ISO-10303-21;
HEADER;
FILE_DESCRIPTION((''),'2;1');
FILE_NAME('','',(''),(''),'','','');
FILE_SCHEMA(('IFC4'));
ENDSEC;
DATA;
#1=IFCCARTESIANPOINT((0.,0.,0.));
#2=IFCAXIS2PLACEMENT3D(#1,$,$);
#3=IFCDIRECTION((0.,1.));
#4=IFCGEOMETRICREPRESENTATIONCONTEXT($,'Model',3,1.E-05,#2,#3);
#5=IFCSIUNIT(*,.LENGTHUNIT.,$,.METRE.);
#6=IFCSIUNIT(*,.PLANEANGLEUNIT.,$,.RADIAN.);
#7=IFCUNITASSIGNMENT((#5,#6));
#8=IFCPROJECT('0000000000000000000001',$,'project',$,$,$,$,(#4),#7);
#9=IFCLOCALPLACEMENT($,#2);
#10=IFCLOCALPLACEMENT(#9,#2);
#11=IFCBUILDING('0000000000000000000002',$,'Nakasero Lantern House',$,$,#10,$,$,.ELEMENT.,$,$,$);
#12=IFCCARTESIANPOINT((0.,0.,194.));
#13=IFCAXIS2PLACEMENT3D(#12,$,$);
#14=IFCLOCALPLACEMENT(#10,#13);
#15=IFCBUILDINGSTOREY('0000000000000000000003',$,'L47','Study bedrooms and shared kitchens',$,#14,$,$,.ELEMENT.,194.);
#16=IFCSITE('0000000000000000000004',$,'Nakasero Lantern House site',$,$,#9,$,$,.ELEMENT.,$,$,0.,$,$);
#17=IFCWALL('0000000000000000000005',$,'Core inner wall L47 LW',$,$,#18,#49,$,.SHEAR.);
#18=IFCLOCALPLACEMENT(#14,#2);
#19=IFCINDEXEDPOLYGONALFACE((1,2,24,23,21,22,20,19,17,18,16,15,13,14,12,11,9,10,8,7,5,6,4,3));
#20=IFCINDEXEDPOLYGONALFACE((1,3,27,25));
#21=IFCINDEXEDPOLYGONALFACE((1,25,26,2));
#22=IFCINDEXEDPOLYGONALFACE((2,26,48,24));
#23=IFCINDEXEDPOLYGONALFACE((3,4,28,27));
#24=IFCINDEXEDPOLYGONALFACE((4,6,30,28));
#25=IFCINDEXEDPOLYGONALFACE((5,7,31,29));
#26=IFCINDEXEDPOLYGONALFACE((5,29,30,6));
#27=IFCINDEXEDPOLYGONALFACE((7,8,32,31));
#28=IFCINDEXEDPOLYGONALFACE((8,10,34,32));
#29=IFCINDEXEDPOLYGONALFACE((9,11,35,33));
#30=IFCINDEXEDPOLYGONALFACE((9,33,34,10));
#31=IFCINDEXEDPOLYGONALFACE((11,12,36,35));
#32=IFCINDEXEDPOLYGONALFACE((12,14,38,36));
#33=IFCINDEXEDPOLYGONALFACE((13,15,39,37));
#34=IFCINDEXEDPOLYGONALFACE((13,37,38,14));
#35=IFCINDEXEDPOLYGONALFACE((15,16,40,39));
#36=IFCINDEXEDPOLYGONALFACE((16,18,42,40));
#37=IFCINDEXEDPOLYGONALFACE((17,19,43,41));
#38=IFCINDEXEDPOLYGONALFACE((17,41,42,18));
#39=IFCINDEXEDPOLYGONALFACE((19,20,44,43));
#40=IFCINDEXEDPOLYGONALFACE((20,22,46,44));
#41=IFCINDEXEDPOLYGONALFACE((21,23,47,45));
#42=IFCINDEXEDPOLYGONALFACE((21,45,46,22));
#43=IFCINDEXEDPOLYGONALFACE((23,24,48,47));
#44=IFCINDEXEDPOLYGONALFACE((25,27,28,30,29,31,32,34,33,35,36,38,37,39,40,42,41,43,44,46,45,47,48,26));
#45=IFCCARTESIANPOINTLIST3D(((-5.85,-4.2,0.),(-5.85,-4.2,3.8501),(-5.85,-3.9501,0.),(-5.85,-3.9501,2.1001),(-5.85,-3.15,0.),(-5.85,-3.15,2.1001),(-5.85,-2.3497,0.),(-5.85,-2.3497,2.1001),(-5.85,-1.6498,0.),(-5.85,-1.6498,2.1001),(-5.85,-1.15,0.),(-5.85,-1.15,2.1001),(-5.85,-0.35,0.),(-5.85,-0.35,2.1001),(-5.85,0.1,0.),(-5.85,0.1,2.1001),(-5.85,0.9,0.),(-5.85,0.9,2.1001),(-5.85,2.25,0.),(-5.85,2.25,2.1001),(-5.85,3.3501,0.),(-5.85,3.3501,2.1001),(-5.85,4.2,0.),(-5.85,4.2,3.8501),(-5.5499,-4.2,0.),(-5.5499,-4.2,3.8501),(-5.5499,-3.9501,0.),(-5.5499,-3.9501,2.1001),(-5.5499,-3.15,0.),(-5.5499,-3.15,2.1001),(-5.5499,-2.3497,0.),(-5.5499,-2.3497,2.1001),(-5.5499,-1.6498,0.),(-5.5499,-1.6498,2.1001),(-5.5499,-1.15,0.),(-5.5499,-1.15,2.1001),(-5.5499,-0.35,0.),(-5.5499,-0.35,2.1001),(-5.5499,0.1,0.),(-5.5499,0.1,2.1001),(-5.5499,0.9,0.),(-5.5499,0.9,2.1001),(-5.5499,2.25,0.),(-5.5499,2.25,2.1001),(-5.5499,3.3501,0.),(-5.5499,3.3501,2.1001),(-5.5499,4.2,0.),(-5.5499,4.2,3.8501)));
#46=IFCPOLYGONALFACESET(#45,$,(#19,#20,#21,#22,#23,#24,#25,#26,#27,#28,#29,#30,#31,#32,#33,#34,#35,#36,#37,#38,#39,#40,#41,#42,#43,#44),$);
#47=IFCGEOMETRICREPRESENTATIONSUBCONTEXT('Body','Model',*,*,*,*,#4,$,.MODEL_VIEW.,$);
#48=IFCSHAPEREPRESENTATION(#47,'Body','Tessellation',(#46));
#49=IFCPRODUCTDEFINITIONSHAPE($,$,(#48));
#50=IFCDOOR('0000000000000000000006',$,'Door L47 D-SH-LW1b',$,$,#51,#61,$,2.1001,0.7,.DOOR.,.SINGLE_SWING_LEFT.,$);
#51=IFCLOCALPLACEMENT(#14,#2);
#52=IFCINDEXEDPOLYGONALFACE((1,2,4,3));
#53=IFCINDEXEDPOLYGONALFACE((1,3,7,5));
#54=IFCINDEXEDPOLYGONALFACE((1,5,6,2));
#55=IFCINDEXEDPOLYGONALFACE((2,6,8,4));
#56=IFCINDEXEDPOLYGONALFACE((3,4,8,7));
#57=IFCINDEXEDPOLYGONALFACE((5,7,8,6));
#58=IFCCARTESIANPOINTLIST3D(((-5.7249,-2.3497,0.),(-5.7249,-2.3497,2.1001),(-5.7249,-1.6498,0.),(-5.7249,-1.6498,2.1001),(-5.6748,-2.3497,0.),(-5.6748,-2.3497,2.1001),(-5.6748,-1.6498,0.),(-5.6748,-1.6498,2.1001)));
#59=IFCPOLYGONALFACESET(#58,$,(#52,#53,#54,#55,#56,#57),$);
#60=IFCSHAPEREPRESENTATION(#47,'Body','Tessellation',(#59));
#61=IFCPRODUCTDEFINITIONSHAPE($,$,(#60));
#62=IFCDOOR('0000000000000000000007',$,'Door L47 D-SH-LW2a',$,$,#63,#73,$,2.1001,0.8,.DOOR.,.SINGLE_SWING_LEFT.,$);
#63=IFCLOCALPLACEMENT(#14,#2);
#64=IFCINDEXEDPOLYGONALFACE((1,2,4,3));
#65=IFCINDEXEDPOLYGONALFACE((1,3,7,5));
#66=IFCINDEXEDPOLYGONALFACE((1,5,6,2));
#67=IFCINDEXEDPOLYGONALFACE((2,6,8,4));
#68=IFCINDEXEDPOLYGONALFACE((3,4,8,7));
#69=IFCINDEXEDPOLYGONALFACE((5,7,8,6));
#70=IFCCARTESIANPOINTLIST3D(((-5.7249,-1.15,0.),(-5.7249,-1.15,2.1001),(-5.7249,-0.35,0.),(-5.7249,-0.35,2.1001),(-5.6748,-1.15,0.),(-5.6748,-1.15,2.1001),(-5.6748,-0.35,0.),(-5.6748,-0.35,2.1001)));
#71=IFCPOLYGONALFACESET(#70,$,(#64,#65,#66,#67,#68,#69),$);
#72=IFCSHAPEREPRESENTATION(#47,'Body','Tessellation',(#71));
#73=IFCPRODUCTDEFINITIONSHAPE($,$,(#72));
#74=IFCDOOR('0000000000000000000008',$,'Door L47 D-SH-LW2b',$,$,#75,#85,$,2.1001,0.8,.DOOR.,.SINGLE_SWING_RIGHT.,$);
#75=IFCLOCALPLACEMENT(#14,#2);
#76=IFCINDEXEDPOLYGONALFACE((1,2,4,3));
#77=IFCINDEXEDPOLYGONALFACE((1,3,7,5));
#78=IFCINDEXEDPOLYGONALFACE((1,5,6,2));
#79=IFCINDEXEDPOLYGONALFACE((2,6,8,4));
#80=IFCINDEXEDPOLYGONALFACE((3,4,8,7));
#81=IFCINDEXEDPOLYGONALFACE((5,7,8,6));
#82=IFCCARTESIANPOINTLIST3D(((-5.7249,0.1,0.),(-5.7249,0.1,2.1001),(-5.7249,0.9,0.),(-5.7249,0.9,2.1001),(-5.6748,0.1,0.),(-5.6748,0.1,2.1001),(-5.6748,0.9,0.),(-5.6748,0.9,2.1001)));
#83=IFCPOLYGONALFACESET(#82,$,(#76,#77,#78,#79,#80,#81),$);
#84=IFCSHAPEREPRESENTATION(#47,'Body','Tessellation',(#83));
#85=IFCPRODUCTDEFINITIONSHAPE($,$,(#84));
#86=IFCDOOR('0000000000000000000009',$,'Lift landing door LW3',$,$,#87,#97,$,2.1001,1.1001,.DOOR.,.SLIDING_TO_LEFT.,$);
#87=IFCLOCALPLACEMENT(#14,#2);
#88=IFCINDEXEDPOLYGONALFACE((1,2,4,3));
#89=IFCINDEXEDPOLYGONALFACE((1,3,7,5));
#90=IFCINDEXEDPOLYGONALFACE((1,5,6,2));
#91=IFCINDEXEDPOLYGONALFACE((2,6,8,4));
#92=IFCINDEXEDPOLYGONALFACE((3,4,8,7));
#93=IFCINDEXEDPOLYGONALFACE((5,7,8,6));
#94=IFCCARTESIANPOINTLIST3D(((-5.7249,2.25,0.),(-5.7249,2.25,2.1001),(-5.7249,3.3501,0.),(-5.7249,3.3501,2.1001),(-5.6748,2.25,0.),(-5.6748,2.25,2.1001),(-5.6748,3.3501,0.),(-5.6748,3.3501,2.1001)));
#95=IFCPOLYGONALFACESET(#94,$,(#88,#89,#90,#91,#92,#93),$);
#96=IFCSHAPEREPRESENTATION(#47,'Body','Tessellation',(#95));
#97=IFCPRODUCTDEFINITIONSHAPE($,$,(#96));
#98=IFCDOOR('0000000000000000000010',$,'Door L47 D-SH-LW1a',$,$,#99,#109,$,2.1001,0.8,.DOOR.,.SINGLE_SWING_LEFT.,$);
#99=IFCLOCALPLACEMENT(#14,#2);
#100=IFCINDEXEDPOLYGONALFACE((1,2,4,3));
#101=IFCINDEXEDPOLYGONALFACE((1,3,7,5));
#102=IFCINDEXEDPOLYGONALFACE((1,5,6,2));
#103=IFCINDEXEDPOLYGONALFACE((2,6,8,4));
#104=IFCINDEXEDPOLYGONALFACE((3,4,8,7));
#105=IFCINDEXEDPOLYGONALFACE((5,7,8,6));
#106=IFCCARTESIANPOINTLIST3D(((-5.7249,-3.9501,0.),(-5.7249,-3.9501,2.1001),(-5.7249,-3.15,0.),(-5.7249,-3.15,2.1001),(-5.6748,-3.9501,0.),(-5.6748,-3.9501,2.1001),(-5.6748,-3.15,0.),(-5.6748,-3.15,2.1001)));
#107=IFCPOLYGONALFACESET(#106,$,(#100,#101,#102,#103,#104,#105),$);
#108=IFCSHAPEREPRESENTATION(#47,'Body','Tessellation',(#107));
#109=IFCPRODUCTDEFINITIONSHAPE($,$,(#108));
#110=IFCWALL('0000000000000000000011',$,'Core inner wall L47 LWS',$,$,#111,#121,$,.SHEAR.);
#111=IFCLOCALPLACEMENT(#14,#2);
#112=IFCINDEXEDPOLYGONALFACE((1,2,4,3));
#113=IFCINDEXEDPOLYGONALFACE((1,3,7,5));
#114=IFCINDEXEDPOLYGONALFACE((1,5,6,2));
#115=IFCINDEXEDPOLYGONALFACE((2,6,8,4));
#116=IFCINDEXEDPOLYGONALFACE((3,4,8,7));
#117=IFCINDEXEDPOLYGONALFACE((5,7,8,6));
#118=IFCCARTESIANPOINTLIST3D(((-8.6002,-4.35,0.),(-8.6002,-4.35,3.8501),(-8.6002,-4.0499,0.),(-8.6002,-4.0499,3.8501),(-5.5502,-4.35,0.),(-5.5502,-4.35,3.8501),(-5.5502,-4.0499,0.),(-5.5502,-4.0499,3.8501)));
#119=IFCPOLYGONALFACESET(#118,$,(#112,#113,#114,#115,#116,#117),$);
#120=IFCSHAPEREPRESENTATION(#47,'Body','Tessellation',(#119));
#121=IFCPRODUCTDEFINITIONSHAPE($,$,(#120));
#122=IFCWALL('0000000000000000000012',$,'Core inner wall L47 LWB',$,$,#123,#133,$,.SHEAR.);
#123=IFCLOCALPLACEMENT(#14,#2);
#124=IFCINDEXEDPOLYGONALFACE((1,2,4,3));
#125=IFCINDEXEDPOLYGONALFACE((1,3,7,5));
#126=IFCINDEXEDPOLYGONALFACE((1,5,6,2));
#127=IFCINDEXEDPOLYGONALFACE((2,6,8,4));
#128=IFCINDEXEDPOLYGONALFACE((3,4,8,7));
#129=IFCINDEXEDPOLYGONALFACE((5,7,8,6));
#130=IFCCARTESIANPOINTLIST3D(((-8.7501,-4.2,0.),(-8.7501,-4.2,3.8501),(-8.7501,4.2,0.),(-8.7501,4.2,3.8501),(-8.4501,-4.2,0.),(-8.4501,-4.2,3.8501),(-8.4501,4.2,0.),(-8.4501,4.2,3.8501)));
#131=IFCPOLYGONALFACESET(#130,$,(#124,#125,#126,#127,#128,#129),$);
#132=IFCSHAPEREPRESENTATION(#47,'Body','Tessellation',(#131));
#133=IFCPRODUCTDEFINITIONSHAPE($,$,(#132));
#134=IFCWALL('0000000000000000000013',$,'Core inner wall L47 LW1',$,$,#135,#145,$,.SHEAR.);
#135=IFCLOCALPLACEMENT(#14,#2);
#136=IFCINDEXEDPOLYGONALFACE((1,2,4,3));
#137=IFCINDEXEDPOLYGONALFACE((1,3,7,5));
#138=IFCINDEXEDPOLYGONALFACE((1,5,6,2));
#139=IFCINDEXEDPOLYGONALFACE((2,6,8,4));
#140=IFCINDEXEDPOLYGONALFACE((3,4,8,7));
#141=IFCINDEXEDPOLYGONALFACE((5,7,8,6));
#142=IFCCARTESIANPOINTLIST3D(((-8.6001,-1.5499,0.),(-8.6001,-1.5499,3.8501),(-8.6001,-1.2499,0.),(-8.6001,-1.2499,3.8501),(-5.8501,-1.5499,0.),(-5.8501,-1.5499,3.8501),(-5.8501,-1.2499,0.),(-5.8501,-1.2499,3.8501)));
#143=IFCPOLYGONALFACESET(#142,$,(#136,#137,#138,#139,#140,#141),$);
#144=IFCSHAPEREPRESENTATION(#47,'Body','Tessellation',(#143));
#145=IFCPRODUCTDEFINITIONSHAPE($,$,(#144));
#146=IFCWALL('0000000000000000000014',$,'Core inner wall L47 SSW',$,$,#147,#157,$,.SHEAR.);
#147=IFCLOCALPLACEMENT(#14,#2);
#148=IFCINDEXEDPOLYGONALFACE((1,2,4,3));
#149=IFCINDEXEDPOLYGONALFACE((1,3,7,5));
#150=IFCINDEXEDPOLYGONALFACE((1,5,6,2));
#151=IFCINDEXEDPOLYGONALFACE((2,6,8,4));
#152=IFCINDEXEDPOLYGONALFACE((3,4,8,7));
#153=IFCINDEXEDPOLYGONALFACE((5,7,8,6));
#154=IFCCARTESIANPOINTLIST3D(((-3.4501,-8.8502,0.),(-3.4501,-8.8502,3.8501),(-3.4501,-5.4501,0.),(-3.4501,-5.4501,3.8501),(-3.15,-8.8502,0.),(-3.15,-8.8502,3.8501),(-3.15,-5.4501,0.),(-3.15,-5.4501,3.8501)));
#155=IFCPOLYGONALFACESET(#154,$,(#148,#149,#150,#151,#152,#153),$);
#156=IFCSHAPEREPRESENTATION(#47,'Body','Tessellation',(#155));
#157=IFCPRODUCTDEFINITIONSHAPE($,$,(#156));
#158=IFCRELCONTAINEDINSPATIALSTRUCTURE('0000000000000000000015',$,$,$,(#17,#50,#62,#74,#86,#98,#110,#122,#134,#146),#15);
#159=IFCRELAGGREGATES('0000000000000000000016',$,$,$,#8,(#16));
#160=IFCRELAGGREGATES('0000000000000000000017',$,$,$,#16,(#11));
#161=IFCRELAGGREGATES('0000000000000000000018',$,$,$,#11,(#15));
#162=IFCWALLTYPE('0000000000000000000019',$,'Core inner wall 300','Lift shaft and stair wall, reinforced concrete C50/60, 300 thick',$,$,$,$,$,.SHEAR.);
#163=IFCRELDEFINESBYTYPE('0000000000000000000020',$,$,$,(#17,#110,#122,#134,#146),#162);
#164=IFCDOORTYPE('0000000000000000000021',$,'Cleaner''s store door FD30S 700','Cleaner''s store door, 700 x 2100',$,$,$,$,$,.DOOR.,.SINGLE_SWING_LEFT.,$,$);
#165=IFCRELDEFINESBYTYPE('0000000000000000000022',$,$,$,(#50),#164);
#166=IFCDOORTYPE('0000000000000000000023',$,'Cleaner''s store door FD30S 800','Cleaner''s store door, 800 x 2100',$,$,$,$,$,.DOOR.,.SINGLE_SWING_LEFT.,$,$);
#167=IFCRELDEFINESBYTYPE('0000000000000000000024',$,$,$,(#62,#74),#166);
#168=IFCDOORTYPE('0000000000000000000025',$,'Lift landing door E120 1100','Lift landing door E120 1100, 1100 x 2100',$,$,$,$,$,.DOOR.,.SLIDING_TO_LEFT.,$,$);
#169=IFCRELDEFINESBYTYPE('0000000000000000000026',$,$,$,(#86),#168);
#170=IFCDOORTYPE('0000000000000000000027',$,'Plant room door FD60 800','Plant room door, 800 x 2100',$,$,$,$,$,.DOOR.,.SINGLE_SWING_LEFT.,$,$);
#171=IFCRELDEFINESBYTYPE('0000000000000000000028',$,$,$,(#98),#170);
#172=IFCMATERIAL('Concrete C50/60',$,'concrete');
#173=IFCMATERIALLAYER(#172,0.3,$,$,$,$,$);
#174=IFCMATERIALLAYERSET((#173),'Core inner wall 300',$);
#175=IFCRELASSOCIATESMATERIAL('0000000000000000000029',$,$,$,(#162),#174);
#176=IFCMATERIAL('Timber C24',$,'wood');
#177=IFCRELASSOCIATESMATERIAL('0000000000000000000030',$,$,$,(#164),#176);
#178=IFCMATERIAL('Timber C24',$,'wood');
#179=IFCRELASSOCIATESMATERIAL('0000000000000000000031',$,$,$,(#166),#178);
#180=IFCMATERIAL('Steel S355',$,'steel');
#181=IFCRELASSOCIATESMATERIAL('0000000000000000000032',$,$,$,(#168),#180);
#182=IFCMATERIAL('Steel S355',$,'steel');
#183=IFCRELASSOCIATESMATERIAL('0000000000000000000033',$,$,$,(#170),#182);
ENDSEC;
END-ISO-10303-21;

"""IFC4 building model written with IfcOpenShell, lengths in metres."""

from ifc_helpers import new_model, si_unit, direction, frame, frame_2d, origin, place, context, subcontext, project, spatial, rectangle, extrude, material, layer, layer_set, type_object, element, fill, save


model = new_model("IFC4")

# Units and contexts
model_context = context("Model", 3, precision=1e-05, world=origin(), true_north=direction((0.0, 1.0)))
body_context = subcontext(model_context, "Body", "Model", "MODEL_VIEW")
ifc_project = project(units=[si_unit("LENGTHUNIT", "METRE"), si_unit("PLANEANGLEUNIT", "RADIAN")], contexts=[model_context])

# Site, building, storey
site_placement = place(None, origin())
site = spatial("IfcSite", under=ifc_project, at=site_placement, Name="Nakasero Lantern House site", CompositionType="ELEMENT", RefElevation=0.0)
building_placement = place(site_placement, origin())
building = spatial("IfcBuilding", under=site, at=building_placement, Name="Nakasero Lantern House", CompositionType="ELEMENT")
storey_placement = place(building_placement, frame((0.0, 0.0, 194.0)))
storey = spatial("IfcBuildingStorey", under=building, at=storey_placement, Name="L47", Description="Study bedrooms and shared kitchens", CompositionType="ELEMENT", Elevation=194.0)

# Wall, openings, doors
ifc_material_1 = material(Name="Concrete C50/60", Category="concrete")
ifc_layer_1 = layer(ifc_material_1, 0.3)
ifc_layer_set_1 = layer_set([ifc_layer_1], Name="Core inner wall 300")
wall_type_1 = type_object("IfcWallType", Name="Core inner wall 300", Description="Lift shaft and stair wall, reinforced concrete C50/60, 300 thick", PredefinedType="SHEAR", material=ifc_layer_set_1)
wall_1_placement = place(storey_placement, frame((-5.7, -4.2, 0.0), z_axis=(0.0, 0.0, 1.0), x_axis=(0.0, 1.0, 0.0)))
wall_1 = element("IfcWall", 1, at=wall_1_placement, inside=storey, type_object=wall_type_1, Name="Core inner wall L47 LW", PredefinedType="SHEAR", context=body_context, shape_type="SweptSolid", body=[
    extrude(rectangle(XDim=8.3999, YDim=0.3, at=frame_2d((4.2, 0.0))), origin(), (0.0, 0.0, 1.0), 3.8501),
])
opening_1_placement = place(wall_1_placement, frame((0.25, 0.0, 0.0)))
opening_1 = element("IfcOpeningElement", 2, at=opening_1_placement, cuts=wall_1, PredefinedType="OPENING", context=body_context, shape_type="SweptSolid", body=[
    extrude(rectangle(XDim=0.8, YDim=2.1001, at=frame_2d((0.3999, 1.05))), frame((0.0, 0.1699, 0.0), z_axis=(0.0, -1.0, 0.0), x_axis=(1.0, 0.0, 0.0)), (0.0, 0.0, 1.0), 0.3401),
])
opening_2_placement = place(wall_1_placement, frame((1.8501, 0.0, 0.0)))
opening_2 = element("IfcOpeningElement", 3, at=opening_2_placement, cuts=wall_1, PredefinedType="OPENING", context=body_context, shape_type="SweptSolid", body=[
    extrude(rectangle(XDim=0.7, YDim=2.1001, at=frame_2d((0.3501, 1.05))), frame((0.0, 0.1699, 0.0), z_axis=(0.0, -1.0, 0.0), x_axis=(1.0, 0.0, 0.0)), (0.0, 0.0, 1.0), 0.3401),
])
opening_3_placement = place(wall_1_placement, frame((3.05, 0.0, 0.0)))
opening_3 = element("IfcOpeningElement", 4, at=opening_3_placement, cuts=wall_1, PredefinedType="OPENING", context=body_context, shape_type="SweptSolid", body=[
    extrude(rectangle(XDim=0.8, YDim=2.1001, at=frame_2d((0.3999, 1.05))), frame((0.0, 0.1699, 0.0), z_axis=(0.0, -1.0, 0.0), x_axis=(1.0, 0.0, 0.0)), (0.0, 0.0, 1.0), 0.3401),
])
opening_4_placement = place(wall_1_placement, frame((4.3, 0.0, 0.0)))
opening_4 = element("IfcOpeningElement", 5, at=opening_4_placement, cuts=wall_1, PredefinedType="OPENING", context=body_context, shape_type="SweptSolid", body=[
    extrude(rectangle(XDim=0.8, YDim=2.1001, at=frame_2d((0.3999, 1.05))), frame((0.0, 0.1699, 0.0), z_axis=(0.0, -1.0, 0.0), x_axis=(1.0, 0.0, 0.0)), (0.0, 0.0, 1.0), 0.3401),
])
opening_5_placement = place(wall_1_placement, frame((6.45, 0.0, 0.0)))
opening_5 = element("IfcOpeningElement", 6, at=opening_5_placement, cuts=wall_1, PredefinedType="OPENING", context=body_context, shape_type="SweptSolid", body=[
    extrude(rectangle(XDim=1.1001, YDim=2.1001, at=frame_2d((0.55, 1.05))), frame((0.0, 0.1699, 0.0), z_axis=(0.0, -1.0, 0.0), x_axis=(1.0, 0.0, 0.0)), (0.0, 0.0, 1.0), 0.3401),
])
ifc_material_2 = material(Name="Timber C24", Category="wood")
door_type_1 = type_object("IfcDoorType", Name="Cleaner's store door FD30S 700", Description="Cleaner's store door, 700 x 2100", OperationType="SINGLE_SWING_LEFT", PredefinedType="DOOR", material=ifc_material_2)
door_1_placement = place(opening_2_placement, origin())
door_1 = element("IfcDoor", 7, at=door_1_placement, inside=storey, type_object=door_type_1, Name="Door L47 D-SH-LW1b", OperationType="SINGLE_SWING_LEFT", OverallHeight=2.1001, OverallWidth=0.7, PredefinedType="DOOR", context=body_context, shape_type="SweptSolid", body=[
    extrude(rectangle(XDim=0.7, YDim=2.1001, at=frame_2d((0.3501, 1.05))), frame((0.0, 0.0249, 0.0), z_axis=(0.0, -1.0, 0.0), x_axis=(1.0, 0.0, 0.0)), (0.0, 0.0, 1.0), 0.05),
])
fill(opening_2, door_1)
ifc_material_3 = material(Name="Timber C24", Category="wood")
door_type_2 = type_object("IfcDoorType", Name="Cleaner's store door FD30S 800", Description="Cleaner's store door, 800 x 2100", OperationType="SINGLE_SWING_LEFT", PredefinedType="DOOR", material=ifc_material_3)
door_2_placement = place(opening_3_placement, origin())
door_2 = element("IfcDoor", 8, at=door_2_placement, inside=storey, type_object=door_type_2, Name="Door L47 D-SH-LW2a", OperationType="SINGLE_SWING_LEFT", OverallHeight=2.1001, OverallWidth=0.8, PredefinedType="DOOR", context=body_context, shape_type="SweptSolid", body=[
    extrude(rectangle(XDim=0.8, YDim=2.1001, at=frame_2d((0.3999, 1.05))), frame((0.0, 0.0249, 0.0), z_axis=(0.0, -1.0, 0.0), x_axis=(1.0, 0.0, 0.0)), (0.0, 0.0, 1.0), 0.05),
])
fill(opening_3, door_2)
door_3_placement = place(opening_4_placement, origin())
door_3 = element("IfcDoor", 9, at=door_3_placement, inside=storey, type_object=door_type_2, Name="Door L47 D-SH-LW2b", OperationType="SINGLE_SWING_RIGHT", OverallHeight=2.1001, OverallWidth=0.8, PredefinedType="DOOR", context=body_context, shape_type="SweptSolid", body=[
    extrude(rectangle(XDim=0.8, YDim=2.1001, at=frame_2d((0.3999, 1.05))), frame((0.0, 0.0249, 0.0), z_axis=(0.0, -1.0, 0.0), x_axis=(1.0, 0.0, 0.0)), (0.0, 0.0, 1.0), 0.05),
])
fill(opening_4, door_3)
ifc_material_4 = material(Name="Steel S355", Category="steel")
door_type_3 = type_object("IfcDoorType", Name="Lift landing door E120 1100", Description="Lift landing door E120 1100, 1100 x 2100", OperationType="SLIDING_TO_LEFT", PredefinedType="DOOR", material=ifc_material_4)
door_4_placement = place(opening_5_placement, origin())
door_4 = element("IfcDoor", 10, at=door_4_placement, inside=storey, type_object=door_type_3, Name="Lift landing door LW3", OperationType="SLIDING_TO_LEFT", OverallHeight=2.1001, OverallWidth=1.1001, PredefinedType="DOOR", context=body_context, shape_type="SweptSolid", body=[
    extrude(rectangle(XDim=1.1001, YDim=2.1001, at=frame_2d((0.55, 1.05))), frame((0.0, 0.0249, 0.0), z_axis=(0.0, -1.0, 0.0), x_axis=(1.0, 0.0, 0.0)), (0.0, 0.0, 1.0), 0.05),
])
fill(opening_5, door_4)
ifc_material_5 = material(Name="Steel S355", Category="steel")
door_type_4 = type_object("IfcDoorType", Name="Plant room door FD60 800", Description="Plant room door, 800 x 2100", OperationType="SINGLE_SWING_LEFT", PredefinedType="DOOR", material=ifc_material_5)
door_5_placement = place(opening_1_placement, origin())
door_5 = element("IfcDoor", 11, at=door_5_placement, inside=storey, type_object=door_type_4, Name="Door L47 D-SH-LW1a", OperationType="SINGLE_SWING_LEFT", OverallHeight=2.1001, OverallWidth=0.8, PredefinedType="DOOR", context=body_context, shape_type="SweptSolid", body=[
    extrude(rectangle(XDim=0.8, YDim=2.1001, at=frame_2d((0.3999, 1.05))), frame((0.0, 0.0249, 0.0), z_axis=(0.0, -1.0, 0.0), x_axis=(1.0, 0.0, 0.0)), (0.0, 0.0, 1.0), 0.05),
])
fill(opening_1, door_5)

# Walls
wall_2_placement = place(storey_placement, frame((-8.6001, -4.2, 0.0), z_axis=(0.0, 0.0, 1.0), x_axis=(1.0, 0.0, 0.0)))
element("IfcWall", 12, at=wall_2_placement, inside=storey, type_object=wall_type_1, Name="Core inner wall L47 LWS", PredefinedType="SHEAR", context=body_context, shape_type="SweptSolid", body=[
    extrude(rectangle(XDim=3.05, YDim=0.3, at=frame_2d((1.5249, 0.0))), origin(), (0.0, 0.0, 1.0), 3.8501),
])
wall_3_placement = place(storey_placement, frame((-8.6001, -4.2, 0.0), z_axis=(0.0, 0.0, 1.0), x_axis=(0.0, 1.0, 0.0)))
element("IfcWall", 13, at=wall_3_placement, inside=storey, type_object=wall_type_1, Name="Core inner wall L47 LWB", PredefinedType="SHEAR", context=body_context, shape_type="SweptSolid", body=[
    extrude(rectangle(XDim=8.3999, YDim=0.3, at=frame_2d((4.2, 0.0))), origin(), (0.0, 0.0, 1.0), 3.8501),
])
wall_4_placement = place(storey_placement, frame((-8.6001, -1.3999, 0.0), z_axis=(0.0, 0.0, 1.0), x_axis=(1.0, 0.0, 0.0)))
element("IfcWall", 14, at=wall_4_placement, inside=storey, type_object=wall_type_1, Name="Core inner wall L47 LW1", PredefinedType="SHEAR", context=body_context, shape_type="SweptSolid", body=[
    extrude(rectangle(XDim=2.75, YDim=0.3, at=frame_2d((1.375, 0.0))), origin(), (0.0, 0.0, 1.0), 3.8501),
])
wall_5_placement = place(storey_placement, frame((-3.3, -5.45, 0.0), z_axis=(0.0, 0.0, 1.0), x_axis=(0.0, -1.0, 0.0)))
element("IfcWall", 15, at=wall_5_placement, inside=storey, type_object=wall_type_1, Name="Core inner wall L47 SSW", PredefinedType="SHEAR", context=body_context, shape_type="SweptSolid", body=[
    extrude(rectangle(XDim=3.4001, YDim=0.3, at=frame_2d((1.7002, 0.0))), origin(), (0.0, 0.0, 1.0), 3.8501),
])

save(model, "model.ifc")
